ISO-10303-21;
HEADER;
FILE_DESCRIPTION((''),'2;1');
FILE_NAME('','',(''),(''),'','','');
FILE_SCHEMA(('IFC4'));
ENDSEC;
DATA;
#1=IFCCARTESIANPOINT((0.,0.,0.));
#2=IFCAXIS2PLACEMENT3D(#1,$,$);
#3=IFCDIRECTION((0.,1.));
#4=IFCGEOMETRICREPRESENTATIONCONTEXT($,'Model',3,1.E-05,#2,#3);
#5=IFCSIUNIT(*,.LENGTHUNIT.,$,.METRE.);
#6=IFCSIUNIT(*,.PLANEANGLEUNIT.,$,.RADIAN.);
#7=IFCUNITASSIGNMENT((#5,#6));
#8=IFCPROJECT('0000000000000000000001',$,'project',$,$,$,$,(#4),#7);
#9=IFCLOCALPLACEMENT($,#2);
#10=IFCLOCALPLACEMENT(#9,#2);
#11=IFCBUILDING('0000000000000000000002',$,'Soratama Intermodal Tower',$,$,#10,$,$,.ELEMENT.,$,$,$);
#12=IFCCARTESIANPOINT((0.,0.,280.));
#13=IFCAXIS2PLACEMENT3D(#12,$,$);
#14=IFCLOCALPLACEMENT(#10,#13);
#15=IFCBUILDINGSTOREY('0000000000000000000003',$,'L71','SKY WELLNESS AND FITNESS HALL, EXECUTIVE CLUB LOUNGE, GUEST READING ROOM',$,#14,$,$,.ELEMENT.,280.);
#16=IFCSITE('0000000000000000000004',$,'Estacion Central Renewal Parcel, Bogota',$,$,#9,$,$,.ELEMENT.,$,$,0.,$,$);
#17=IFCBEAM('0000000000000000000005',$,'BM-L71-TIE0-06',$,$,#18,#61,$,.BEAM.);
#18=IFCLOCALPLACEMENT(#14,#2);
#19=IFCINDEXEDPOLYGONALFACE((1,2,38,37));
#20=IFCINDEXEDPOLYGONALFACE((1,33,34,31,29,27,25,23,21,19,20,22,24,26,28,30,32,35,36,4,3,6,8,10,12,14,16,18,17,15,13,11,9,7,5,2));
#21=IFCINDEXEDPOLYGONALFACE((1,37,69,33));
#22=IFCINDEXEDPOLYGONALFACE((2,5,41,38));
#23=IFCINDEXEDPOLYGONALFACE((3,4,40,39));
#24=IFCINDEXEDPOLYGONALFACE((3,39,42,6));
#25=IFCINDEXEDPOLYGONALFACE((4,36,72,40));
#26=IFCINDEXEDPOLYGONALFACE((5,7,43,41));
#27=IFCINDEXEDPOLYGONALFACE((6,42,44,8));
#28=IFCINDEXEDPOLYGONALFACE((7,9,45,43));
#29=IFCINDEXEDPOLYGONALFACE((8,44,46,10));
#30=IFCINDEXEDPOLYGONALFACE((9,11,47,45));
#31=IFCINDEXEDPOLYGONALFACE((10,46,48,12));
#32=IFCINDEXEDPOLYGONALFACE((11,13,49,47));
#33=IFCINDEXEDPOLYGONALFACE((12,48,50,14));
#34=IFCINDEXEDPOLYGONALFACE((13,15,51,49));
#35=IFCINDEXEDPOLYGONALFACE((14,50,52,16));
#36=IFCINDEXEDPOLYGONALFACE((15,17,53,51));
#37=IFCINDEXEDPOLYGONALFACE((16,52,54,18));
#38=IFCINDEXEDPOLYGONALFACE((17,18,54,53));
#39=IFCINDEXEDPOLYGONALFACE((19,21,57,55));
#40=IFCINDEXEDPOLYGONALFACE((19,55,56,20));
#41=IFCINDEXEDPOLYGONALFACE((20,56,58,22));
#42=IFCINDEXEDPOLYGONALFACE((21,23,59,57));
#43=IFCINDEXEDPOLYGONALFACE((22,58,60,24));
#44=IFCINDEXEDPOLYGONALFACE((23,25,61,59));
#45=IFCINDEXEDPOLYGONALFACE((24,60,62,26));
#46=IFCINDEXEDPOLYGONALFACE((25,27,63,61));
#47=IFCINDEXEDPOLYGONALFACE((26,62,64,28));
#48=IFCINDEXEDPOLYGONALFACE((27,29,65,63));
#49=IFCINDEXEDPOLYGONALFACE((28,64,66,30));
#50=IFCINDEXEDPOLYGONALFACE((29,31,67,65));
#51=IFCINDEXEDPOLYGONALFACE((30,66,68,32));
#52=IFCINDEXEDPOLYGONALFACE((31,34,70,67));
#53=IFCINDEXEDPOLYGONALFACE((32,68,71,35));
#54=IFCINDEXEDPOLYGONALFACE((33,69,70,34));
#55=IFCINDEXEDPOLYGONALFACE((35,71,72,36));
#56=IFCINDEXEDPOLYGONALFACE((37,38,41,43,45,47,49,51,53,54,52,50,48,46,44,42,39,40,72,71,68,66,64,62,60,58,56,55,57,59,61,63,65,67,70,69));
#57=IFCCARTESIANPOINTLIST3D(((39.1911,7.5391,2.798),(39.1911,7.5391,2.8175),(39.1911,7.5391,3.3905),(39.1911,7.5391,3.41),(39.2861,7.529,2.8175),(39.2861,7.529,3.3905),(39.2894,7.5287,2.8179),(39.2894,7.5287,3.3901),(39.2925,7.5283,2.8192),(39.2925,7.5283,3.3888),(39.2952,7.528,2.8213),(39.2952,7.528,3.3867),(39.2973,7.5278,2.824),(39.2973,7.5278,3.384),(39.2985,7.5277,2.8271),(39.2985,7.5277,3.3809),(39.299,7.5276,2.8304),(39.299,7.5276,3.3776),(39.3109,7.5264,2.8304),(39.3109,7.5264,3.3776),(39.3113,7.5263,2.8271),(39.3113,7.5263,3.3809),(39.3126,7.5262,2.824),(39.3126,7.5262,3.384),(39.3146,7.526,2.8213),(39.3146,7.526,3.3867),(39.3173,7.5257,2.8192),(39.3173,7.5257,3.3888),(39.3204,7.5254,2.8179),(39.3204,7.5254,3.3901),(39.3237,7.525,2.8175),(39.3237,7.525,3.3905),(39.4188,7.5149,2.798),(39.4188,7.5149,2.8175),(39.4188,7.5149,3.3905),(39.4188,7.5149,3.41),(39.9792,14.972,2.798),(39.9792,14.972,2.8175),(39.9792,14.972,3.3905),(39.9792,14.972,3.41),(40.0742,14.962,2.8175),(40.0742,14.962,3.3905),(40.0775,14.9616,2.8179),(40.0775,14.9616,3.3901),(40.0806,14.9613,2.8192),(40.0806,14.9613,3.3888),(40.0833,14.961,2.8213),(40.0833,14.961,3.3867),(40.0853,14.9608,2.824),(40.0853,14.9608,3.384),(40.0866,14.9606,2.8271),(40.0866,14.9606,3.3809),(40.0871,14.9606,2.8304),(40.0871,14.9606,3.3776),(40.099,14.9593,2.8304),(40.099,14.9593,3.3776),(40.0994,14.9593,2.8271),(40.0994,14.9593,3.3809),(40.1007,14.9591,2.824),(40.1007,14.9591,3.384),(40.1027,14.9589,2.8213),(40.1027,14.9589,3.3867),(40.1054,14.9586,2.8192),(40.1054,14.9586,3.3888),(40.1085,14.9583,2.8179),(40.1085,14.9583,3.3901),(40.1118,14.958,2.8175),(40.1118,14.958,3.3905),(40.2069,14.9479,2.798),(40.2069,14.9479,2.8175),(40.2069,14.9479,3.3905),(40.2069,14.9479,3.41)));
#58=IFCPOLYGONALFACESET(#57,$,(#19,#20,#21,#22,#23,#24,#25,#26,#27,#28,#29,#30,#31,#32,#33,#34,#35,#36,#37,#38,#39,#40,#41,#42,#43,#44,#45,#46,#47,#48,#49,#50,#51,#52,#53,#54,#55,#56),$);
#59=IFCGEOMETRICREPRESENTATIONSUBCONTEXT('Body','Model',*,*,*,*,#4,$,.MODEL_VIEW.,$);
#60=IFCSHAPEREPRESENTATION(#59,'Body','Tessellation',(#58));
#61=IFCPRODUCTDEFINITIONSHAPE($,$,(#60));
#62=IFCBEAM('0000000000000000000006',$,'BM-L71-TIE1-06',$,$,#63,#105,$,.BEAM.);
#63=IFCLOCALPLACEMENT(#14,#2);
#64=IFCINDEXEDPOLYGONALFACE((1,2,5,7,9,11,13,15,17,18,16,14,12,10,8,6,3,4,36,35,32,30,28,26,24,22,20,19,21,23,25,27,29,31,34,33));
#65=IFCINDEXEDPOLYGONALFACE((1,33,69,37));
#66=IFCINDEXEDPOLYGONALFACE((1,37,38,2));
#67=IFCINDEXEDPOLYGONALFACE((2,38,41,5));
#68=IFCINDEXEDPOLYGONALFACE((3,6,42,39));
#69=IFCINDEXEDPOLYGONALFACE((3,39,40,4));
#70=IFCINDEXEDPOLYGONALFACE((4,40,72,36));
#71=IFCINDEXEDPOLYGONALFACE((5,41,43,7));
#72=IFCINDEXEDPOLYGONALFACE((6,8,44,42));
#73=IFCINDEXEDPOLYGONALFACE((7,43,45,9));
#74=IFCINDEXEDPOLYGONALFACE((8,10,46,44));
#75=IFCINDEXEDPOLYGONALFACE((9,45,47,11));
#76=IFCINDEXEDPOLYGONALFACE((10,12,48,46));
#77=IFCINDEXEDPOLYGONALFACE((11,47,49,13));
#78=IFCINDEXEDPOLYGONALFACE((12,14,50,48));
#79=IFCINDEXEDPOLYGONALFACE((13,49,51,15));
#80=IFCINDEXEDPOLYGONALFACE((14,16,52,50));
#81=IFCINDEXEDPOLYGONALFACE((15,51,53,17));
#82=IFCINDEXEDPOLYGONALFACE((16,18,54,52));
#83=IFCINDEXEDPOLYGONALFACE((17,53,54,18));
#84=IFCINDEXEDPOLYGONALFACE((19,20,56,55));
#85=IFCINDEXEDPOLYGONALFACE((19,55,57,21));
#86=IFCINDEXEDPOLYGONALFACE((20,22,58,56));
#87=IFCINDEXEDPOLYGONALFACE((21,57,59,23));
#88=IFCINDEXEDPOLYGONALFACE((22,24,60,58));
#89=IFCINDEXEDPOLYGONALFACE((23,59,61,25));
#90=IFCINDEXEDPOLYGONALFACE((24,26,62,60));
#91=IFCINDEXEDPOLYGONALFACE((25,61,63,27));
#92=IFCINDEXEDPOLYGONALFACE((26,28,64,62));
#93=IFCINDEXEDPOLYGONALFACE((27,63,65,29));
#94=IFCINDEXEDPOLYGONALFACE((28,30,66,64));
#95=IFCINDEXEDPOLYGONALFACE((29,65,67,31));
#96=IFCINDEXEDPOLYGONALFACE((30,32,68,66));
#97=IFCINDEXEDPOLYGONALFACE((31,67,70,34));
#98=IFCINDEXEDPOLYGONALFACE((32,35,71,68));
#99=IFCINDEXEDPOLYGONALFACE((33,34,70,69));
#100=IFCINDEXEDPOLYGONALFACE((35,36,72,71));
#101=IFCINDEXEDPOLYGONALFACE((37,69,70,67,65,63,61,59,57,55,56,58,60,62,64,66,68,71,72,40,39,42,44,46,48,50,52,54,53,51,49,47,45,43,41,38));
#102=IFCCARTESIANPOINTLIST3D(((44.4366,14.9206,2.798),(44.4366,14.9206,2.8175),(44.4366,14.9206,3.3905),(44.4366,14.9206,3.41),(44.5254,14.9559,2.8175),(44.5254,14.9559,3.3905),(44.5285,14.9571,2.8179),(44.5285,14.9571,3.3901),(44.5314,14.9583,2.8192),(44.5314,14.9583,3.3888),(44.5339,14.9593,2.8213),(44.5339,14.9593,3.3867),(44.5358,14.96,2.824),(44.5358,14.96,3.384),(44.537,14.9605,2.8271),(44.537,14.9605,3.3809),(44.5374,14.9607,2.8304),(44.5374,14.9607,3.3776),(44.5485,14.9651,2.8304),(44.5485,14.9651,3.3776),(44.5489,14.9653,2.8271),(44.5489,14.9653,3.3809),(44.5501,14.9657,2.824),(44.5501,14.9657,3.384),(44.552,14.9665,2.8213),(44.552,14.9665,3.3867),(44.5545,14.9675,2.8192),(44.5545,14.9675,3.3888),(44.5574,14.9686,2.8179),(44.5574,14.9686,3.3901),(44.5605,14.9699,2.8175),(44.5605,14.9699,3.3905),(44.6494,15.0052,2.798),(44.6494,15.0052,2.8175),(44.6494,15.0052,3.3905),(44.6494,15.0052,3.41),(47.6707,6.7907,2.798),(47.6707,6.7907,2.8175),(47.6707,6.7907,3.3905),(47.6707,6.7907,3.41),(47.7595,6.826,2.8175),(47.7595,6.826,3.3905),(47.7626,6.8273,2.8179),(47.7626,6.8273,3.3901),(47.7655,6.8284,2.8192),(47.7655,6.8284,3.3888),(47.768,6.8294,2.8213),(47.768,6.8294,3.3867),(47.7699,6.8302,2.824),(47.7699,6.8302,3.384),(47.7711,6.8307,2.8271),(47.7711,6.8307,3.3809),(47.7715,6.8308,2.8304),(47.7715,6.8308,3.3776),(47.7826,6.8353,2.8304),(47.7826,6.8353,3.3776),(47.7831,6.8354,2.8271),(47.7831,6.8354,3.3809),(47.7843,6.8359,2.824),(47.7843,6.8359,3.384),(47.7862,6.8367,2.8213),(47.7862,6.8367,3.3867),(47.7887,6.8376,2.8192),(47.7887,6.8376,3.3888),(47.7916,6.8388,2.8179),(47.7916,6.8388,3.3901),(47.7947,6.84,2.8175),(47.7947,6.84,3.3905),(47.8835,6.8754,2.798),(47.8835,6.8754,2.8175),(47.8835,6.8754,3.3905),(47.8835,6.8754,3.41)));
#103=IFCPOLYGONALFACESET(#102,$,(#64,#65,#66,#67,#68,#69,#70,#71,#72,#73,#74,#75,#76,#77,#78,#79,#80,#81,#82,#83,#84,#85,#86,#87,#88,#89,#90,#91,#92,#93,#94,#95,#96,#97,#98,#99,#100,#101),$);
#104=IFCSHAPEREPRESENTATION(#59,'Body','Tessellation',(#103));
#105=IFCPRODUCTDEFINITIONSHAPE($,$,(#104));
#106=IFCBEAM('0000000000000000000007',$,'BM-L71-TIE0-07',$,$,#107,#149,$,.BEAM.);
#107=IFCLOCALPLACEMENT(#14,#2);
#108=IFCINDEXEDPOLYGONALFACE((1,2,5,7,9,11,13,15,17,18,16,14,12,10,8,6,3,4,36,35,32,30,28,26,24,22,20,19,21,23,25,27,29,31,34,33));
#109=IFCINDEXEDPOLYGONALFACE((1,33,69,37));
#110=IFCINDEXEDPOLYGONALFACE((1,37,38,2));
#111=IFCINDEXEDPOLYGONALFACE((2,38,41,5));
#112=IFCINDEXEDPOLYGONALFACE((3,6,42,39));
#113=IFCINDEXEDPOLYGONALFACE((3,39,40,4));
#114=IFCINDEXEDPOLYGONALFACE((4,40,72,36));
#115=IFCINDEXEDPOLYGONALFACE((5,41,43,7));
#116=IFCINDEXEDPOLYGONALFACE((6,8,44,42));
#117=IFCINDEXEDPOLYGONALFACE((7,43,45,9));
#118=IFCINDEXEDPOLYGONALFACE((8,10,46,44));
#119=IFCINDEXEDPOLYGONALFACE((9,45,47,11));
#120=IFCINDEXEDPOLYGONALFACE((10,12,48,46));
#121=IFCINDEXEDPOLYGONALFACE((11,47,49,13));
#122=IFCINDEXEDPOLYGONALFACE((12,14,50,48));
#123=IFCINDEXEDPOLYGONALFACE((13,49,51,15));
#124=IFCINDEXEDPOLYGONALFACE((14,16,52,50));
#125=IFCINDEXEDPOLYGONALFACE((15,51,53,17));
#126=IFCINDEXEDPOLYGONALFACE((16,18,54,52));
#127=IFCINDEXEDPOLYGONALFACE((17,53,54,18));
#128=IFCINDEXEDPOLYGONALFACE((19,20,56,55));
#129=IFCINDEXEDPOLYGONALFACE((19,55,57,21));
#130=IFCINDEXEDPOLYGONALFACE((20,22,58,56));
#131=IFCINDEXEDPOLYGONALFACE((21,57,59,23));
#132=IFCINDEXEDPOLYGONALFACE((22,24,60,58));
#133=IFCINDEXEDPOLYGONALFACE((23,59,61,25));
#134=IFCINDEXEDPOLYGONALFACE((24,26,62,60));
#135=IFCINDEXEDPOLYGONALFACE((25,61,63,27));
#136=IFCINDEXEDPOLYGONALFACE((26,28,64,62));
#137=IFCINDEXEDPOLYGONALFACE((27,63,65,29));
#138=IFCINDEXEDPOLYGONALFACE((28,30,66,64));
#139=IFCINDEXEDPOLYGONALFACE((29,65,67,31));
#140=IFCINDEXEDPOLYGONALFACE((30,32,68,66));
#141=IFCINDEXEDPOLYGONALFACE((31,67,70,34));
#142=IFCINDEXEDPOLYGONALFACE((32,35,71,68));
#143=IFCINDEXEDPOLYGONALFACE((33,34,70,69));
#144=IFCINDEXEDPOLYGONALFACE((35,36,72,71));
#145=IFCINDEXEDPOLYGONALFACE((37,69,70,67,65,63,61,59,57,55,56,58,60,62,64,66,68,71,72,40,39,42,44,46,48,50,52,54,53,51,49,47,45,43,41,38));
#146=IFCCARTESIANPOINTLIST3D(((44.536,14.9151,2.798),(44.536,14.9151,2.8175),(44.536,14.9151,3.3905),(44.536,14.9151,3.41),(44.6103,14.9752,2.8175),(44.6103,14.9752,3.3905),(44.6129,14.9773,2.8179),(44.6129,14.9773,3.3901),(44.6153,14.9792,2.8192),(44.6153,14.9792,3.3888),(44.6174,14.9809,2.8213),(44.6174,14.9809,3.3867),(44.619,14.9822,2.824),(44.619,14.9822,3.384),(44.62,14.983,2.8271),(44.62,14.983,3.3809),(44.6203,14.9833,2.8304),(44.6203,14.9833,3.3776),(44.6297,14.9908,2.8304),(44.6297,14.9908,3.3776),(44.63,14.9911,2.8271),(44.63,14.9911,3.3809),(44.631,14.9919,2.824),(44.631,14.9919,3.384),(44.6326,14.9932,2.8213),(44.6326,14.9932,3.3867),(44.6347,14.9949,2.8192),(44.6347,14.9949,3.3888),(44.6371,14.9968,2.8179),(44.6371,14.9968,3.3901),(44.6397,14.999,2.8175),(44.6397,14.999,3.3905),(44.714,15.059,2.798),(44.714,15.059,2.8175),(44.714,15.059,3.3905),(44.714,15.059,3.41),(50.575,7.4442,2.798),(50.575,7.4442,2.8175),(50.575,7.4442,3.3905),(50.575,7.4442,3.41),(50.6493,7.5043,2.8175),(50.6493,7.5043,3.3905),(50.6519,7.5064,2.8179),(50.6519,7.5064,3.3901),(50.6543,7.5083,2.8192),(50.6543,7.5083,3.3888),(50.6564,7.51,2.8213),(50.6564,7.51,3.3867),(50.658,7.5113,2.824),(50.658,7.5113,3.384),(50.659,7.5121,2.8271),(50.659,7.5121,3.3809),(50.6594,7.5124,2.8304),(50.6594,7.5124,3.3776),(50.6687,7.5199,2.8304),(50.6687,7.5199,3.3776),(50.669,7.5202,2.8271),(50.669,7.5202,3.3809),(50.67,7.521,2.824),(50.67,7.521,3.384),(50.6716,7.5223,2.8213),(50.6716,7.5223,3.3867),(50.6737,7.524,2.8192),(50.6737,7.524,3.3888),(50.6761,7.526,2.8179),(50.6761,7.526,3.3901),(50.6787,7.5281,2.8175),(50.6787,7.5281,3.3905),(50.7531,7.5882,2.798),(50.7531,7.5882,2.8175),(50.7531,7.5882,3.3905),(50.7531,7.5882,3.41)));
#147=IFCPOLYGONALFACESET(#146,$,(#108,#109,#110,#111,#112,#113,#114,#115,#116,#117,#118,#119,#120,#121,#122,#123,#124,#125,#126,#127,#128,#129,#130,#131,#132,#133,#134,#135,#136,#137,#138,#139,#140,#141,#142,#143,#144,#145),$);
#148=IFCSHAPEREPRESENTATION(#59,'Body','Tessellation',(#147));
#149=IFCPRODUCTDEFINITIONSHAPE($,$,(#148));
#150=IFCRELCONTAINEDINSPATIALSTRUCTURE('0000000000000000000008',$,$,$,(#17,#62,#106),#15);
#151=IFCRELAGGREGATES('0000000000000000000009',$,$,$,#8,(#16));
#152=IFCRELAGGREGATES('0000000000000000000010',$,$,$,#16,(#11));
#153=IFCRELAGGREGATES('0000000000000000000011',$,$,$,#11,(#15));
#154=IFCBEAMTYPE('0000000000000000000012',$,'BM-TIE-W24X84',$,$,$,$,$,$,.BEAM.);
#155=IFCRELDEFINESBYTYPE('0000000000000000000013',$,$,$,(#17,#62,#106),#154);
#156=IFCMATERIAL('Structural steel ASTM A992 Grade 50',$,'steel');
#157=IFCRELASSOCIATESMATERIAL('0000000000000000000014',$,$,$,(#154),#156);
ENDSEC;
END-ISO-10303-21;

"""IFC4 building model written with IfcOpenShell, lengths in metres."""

from ifc_helpers import new_model, si_unit, direction, frame, origin, origin_2d, place, context, subcontext, project, spatial, i_section, extrude, material, material_profile, profile_set, type_object, element, save


model = new_model("IFC4")

# Units and contexts
model_context = context("Model", 3, precision=1e-05, world=origin(), true_north=direction((0.0, 1.0)))
body_context = subcontext(model_context, "Body", "Model", "MODEL_VIEW")
ifc_project = project(units=[si_unit("LENGTHUNIT", "METRE"), si_unit("PLANEANGLEUNIT", "RADIAN")], contexts=[model_context])

# Site, building, storey
site_placement = place(None, origin())
site = spatial("IfcSite", under=ifc_project, at=site_placement, Name="Estacion Central Renewal Parcel, Bogota", CompositionType="ELEMENT", RefElevation=0.0)
building_placement = place(site_placement, origin())
building = spatial("IfcBuilding", under=site, at=building_placement, Name="Soratama Intermodal Tower", CompositionType="ELEMENT")
storey_placement = place(building_placement, frame((0.0, 0.0, 280.0)))
storey = spatial("IfcBuildingStorey", under=building, at=storey_placement, Name="L71", Description="SKY WELLNESS AND FITNESS HALL, EXECUTIVE CLUB LOUNGE, GUEST READING ROOM", CompositionType="ELEMENT", Elevation=280.0)

# Beams
ifc_material_1 = material(Name="Structural steel ASTM A992 Grade 50", Category="steel")
ifc_material_profile_1 = material_profile(ifc_material_1, i_section(OverallWidth=0.229, OverallDepth=0.6121, WebThickness=0.012, FlangeThickness=0.0195, FilletRadius=0.0129, at=origin_2d()), Name="W24X84")
ifc_profile_set_1 = profile_set([ifc_material_profile_1], Name="Structural steel ASTM A992 Grade 50")
beam_type_1 = type_object("IfcBeamType", Name="BM-TIE-W24X84", PredefinedType="BEAM", material=ifc_profile_set_1)
beam_1_placement = place(storey_placement, frame((40.093, 14.96, 3.104), z_axis=(-0.105436, -0.994426, 0.0), x_axis=(0.994426, -0.105436, 0.0)))
element("IfcBeam", 1, at=beam_1_placement, inside=storey, type_object=beam_type_1, Name="BM-L71-TIE0-06", PredefinedType="BEAM", context=body_context, shape_type="SweptSolid", body=[
    extrude(i_section(OverallWidth=0.229, OverallDepth=0.6121, WebThickness=0.012, FlangeThickness=0.0195, FilletRadius=0.0129, at=origin_2d()), origin(), (0.0, 0.0, 1.0), 7.4746),
])
beam_2_placement = place(storey_placement, frame((44.543, 14.9629, 3.104), z_axis=(0.369634, -0.929177, 0.0), x_axis=(0.929177, 0.369634, 0.0)))
element("IfcBeam", 2, at=beam_2_placement, inside=storey, type_object=beam_type_1, Name="BM-L71-TIE1-06", PredefinedType="BEAM", context=body_context, shape_type="SweptSolid", body=[
    extrude(i_section(OverallWidth=0.229, OverallDepth=0.6121, WebThickness=0.012, FlangeThickness=0.0195, FilletRadius=0.0129, at=origin_2d()), origin(), (0.0, 0.0, 1.0), 8.7495),
])
beam_3_placement = place(storey_placement, frame((44.625, 14.9871, 3.104), z_axis=(0.628642, -0.777695, 0.0), x_axis=(0.777695, 0.628642, 0.0)))
element("IfcBeam", 3, at=beam_3_placement, inside=storey, type_object=beam_type_1, Name="BM-L71-TIE0-07", PredefinedType="BEAM", context=body_context, shape_type="SweptSolid", body=[
    extrude(i_section(OverallWidth=0.229, OverallDepth=0.6121, WebThickness=0.012, FlangeThickness=0.0195, FilletRadius=0.0129, at=origin_2d()), origin(), (0.0, 0.0, 1.0), 9.6064),
])

save(model, "model.ifc")
